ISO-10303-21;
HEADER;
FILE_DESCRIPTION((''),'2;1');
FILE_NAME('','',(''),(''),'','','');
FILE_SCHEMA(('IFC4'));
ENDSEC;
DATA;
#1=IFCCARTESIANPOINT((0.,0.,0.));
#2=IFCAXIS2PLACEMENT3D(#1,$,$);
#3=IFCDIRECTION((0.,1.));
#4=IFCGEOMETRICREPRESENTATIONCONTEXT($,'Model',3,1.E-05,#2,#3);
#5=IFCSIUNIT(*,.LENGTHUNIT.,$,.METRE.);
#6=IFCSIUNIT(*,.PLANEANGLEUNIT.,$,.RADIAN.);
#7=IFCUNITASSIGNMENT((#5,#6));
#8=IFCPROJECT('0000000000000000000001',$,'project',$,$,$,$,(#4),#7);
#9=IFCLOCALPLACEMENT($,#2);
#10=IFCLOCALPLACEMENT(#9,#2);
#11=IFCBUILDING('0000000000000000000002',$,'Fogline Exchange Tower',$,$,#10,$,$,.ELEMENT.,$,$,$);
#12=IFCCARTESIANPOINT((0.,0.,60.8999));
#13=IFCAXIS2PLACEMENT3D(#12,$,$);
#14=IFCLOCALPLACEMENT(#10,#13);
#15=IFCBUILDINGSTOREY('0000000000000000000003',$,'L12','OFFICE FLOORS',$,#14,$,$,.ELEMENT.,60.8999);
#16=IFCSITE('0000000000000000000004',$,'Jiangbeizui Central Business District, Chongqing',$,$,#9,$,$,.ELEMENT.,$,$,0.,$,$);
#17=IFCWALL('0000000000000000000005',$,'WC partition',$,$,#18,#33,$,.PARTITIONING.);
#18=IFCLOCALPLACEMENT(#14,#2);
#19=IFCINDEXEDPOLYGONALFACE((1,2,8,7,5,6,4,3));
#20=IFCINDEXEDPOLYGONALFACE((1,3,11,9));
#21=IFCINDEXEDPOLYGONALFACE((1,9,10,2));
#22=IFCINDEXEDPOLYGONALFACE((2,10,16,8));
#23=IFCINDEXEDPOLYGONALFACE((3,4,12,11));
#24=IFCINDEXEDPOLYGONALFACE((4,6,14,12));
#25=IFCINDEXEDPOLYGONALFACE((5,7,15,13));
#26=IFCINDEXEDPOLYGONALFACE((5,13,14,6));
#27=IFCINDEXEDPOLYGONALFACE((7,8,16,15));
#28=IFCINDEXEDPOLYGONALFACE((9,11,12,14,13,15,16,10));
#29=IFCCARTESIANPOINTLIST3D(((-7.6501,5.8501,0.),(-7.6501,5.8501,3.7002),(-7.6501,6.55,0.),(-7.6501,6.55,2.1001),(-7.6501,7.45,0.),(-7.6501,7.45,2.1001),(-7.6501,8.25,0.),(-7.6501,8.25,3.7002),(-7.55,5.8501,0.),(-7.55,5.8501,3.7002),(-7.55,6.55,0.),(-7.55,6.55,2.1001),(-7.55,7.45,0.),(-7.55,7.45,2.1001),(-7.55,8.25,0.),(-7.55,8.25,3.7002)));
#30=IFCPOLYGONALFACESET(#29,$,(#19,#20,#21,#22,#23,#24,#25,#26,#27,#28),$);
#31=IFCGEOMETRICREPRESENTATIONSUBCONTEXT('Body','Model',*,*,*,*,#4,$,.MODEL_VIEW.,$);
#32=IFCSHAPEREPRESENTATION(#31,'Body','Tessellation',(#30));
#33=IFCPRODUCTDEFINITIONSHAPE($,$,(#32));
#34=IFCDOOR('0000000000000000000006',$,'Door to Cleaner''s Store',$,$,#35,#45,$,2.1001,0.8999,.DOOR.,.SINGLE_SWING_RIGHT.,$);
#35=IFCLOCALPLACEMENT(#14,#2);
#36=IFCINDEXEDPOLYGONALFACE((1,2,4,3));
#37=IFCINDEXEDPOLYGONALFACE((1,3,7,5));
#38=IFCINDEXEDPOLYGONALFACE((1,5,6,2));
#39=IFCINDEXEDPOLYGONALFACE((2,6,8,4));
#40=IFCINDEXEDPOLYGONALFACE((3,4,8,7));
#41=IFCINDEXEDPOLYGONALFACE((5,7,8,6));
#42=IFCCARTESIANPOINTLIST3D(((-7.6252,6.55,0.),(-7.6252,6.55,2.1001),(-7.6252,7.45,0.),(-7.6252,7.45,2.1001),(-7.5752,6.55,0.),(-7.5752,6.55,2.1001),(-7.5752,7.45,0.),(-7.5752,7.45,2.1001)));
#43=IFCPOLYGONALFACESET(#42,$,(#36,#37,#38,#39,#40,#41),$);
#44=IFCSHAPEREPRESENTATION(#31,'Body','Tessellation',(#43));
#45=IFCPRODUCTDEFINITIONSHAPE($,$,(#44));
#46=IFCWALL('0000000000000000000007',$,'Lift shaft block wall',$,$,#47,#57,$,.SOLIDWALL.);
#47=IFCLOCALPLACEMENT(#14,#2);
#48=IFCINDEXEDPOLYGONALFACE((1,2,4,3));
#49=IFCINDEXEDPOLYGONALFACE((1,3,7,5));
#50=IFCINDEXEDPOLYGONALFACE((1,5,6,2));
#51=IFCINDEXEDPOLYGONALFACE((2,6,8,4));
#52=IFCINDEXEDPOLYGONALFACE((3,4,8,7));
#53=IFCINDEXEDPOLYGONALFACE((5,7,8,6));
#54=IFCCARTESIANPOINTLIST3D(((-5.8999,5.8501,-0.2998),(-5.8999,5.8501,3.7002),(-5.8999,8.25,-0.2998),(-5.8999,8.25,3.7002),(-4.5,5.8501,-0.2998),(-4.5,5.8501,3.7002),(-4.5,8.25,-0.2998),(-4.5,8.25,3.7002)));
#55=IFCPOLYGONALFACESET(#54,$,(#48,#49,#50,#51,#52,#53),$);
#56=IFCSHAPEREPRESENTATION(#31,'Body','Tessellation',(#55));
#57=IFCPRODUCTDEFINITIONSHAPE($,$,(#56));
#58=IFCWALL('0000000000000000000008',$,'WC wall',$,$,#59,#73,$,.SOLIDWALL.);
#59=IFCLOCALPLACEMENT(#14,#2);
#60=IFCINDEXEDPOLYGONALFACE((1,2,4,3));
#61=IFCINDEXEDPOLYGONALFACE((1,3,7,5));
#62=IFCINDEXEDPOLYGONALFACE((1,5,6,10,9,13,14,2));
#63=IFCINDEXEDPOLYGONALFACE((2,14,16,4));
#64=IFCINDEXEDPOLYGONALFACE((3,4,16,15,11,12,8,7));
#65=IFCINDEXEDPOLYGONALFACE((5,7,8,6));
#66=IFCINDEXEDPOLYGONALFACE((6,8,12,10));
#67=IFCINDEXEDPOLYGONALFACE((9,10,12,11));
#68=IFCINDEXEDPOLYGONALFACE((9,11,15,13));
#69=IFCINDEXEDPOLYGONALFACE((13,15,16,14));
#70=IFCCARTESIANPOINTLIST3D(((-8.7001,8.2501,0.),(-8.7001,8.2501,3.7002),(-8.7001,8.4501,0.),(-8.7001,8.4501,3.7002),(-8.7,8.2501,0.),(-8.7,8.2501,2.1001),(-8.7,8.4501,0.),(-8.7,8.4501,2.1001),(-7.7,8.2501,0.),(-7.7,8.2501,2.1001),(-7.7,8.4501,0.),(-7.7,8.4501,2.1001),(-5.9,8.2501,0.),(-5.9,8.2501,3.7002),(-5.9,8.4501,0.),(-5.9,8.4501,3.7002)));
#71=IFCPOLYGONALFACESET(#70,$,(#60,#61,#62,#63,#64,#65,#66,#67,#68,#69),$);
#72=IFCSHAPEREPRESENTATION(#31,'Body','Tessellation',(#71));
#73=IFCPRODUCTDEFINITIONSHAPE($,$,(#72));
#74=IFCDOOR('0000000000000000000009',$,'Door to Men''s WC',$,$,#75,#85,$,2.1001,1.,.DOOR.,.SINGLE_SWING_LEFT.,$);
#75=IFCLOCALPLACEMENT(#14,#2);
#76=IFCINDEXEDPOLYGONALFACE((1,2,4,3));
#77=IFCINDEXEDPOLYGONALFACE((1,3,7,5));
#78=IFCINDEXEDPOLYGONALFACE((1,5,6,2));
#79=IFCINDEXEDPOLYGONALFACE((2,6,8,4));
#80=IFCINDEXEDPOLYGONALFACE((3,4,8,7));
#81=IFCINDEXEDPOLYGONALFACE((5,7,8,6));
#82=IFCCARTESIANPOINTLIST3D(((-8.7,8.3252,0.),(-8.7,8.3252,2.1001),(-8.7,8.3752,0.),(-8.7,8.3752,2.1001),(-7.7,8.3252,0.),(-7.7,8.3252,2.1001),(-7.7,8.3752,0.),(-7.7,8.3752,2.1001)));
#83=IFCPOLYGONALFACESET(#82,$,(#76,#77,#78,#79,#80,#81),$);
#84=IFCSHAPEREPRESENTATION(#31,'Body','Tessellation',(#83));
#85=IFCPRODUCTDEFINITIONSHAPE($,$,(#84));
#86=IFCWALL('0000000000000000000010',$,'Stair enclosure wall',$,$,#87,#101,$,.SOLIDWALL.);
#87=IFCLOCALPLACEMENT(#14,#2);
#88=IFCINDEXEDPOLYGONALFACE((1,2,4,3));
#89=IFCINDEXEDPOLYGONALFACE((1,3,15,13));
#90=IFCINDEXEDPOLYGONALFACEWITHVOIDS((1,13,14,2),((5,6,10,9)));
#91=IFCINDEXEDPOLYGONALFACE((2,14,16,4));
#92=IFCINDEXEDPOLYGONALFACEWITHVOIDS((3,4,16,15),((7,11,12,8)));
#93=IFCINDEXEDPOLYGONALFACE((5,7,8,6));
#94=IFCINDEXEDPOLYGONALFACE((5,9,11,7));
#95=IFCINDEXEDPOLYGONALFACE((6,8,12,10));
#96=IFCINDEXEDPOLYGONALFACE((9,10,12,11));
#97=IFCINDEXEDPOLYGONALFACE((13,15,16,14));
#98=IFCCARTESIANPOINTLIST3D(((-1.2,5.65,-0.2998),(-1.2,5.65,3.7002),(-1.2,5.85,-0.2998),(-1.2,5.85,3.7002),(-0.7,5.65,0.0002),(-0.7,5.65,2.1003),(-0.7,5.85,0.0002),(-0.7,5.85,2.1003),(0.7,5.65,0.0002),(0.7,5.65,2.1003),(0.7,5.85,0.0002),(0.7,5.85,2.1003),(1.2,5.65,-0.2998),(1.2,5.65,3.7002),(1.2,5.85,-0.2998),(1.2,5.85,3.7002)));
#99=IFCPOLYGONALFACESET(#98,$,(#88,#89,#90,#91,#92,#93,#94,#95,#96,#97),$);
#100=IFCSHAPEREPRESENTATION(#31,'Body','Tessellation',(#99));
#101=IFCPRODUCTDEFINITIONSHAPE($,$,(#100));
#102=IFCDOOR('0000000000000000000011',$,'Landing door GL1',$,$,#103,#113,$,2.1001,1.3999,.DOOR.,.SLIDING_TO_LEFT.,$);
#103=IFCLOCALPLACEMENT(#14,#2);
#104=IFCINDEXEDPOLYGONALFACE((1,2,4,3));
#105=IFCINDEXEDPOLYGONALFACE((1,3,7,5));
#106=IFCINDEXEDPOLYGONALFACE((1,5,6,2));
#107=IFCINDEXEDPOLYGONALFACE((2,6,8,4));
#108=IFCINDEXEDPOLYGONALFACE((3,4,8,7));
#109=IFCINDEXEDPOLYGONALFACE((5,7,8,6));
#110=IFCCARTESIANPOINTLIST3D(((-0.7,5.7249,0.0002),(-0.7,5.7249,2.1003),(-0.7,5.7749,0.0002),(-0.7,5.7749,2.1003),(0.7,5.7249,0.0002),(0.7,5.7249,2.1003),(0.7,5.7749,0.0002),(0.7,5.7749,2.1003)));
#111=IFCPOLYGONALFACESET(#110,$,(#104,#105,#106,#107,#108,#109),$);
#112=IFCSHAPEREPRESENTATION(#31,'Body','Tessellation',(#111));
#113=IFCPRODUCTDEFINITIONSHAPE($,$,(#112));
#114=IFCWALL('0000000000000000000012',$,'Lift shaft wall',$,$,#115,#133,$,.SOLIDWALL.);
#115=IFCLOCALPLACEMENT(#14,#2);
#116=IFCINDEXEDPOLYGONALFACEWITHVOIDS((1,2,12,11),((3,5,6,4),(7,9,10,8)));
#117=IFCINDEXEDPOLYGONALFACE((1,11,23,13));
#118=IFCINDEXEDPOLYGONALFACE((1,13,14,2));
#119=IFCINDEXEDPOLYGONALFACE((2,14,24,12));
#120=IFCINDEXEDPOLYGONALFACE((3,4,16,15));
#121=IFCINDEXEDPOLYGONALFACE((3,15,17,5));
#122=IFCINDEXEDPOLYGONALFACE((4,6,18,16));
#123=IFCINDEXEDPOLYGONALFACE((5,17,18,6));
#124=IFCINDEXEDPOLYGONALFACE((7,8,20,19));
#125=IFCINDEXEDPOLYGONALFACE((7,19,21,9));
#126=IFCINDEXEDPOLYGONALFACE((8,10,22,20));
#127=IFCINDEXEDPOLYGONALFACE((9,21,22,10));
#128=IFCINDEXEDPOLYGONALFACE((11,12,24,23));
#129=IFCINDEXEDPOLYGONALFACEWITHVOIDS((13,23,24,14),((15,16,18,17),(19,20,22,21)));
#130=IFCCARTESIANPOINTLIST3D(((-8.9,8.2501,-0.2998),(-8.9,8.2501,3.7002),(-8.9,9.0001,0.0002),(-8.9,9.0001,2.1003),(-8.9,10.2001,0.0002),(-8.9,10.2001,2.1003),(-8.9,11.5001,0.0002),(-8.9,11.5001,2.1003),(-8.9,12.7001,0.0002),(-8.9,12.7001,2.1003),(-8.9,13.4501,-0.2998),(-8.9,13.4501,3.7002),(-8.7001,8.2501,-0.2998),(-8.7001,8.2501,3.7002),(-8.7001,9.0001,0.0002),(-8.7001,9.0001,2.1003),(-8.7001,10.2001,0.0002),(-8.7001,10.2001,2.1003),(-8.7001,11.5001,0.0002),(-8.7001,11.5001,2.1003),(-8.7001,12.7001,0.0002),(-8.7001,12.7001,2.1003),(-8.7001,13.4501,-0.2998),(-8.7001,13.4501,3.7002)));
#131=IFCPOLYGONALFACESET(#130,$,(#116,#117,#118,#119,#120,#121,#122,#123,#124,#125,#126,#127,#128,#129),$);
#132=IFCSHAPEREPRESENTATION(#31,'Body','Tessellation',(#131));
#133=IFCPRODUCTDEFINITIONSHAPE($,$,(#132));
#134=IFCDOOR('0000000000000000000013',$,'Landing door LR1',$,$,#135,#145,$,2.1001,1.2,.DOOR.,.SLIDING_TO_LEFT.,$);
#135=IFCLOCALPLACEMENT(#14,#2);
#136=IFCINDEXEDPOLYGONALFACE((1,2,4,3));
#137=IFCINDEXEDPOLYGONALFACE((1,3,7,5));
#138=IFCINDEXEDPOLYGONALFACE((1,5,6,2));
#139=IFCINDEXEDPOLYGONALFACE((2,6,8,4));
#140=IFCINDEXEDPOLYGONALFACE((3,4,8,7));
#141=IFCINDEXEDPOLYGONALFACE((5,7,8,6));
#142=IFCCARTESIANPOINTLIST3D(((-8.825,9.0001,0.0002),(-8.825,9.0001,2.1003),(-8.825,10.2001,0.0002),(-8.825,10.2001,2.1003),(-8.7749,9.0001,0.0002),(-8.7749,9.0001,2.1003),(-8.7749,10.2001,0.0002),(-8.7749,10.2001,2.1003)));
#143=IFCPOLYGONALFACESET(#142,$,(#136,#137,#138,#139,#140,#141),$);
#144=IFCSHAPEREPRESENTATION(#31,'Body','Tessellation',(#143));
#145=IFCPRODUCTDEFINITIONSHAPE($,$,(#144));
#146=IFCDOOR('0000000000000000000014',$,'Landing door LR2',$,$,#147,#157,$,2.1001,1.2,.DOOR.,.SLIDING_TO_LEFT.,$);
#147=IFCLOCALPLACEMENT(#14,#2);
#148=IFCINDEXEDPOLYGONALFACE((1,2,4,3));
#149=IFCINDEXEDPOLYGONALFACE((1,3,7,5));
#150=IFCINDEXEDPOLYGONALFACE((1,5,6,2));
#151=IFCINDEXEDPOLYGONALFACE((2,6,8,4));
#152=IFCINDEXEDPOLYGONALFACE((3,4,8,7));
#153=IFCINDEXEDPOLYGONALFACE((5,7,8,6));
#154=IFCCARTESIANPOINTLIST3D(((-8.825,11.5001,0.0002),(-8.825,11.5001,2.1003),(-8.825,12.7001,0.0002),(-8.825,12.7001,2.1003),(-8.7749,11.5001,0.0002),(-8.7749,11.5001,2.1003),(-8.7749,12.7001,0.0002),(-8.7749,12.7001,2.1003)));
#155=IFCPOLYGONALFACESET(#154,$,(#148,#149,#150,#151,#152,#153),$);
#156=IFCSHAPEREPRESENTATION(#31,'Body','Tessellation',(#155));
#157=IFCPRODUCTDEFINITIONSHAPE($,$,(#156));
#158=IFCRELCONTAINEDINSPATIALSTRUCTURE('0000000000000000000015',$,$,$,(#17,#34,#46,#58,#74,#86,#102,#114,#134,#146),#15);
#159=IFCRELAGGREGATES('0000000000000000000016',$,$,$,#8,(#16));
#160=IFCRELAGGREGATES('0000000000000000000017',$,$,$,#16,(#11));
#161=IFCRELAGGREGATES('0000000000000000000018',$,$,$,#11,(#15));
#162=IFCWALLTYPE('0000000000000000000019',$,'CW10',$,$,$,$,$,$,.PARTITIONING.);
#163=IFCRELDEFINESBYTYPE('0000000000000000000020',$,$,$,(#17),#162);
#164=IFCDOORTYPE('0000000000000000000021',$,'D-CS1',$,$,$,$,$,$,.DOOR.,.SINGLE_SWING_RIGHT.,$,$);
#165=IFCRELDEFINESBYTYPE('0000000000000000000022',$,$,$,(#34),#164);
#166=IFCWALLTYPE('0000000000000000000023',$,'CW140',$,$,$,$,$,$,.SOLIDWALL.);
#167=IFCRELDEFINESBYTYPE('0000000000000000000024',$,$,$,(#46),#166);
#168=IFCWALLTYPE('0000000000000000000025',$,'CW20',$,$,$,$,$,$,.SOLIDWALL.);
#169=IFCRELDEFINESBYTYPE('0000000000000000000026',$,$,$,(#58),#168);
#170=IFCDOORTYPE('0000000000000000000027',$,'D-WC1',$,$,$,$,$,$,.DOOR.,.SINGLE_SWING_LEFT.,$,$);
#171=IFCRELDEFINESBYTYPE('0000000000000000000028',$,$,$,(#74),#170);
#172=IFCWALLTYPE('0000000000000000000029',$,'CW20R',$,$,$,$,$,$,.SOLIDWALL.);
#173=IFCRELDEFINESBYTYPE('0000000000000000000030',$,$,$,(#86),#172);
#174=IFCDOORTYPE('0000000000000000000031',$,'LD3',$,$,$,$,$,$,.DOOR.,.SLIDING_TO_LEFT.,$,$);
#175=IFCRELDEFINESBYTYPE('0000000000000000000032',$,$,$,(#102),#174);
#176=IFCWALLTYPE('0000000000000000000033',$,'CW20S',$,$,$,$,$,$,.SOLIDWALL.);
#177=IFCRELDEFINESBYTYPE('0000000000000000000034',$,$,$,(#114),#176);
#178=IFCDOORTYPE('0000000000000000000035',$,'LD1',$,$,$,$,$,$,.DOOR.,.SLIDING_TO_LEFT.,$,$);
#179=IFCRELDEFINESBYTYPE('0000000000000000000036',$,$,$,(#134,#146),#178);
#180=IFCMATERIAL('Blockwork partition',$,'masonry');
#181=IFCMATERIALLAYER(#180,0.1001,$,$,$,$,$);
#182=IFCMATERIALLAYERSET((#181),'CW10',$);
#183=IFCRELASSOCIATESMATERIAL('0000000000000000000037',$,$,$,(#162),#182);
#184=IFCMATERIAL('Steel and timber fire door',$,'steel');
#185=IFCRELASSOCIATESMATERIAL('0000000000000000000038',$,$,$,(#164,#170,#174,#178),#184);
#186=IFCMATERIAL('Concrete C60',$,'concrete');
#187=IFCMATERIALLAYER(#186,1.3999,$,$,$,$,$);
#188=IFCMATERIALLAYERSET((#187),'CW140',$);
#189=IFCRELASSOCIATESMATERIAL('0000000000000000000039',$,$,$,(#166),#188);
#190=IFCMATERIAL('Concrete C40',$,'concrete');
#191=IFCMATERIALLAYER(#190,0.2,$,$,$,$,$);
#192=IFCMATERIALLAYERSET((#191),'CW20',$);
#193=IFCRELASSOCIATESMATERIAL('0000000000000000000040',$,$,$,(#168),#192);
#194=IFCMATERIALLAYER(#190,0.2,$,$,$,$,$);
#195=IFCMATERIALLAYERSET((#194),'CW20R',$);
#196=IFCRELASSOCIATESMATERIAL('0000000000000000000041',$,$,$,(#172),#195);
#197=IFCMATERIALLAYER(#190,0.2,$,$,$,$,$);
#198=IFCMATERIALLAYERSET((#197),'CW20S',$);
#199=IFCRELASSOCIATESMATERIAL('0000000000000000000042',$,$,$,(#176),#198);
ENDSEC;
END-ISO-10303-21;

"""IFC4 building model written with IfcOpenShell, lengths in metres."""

from ifc_helpers import new_model, si_unit, direction, frame, frame_2d, origin, place, context, subcontext, project, spatial, rectangle, extrude, material, layer, layer_set, type_object, element, fill, save


model = new_model("IFC4")

# Units and contexts
model_context = context("Model", 3, precision=1e-05, world=origin(), true_north=direction((0.0, 1.0)))
body_context = subcontext(model_context, "Body", "Model", "MODEL_VIEW")
ifc_project = project(units=[si_unit("LENGTHUNIT", "METRE"), si_unit("PLANEANGLEUNIT", "RADIAN")], contexts=[model_context])

# Site, building, storey
site_placement = place(None, origin())
site = spatial("IfcSite", under=ifc_project, at=site_placement, Name="Jiangbeizui Central Business District, Chongqing", CompositionType="ELEMENT", RefElevation=0.0)
building_placement = place(site_placement, origin())
building = spatial("IfcBuilding", under=site, at=building_placement, Name="Fogline Exchange Tower", CompositionType="ELEMENT")
storey_placement = place(building_placement, frame((0.0, 0.0, 60.8999)))
storey = spatial("IfcBuildingStorey", under=building, at=storey_placement, Name="L12", Description="OFFICE FLOORS", CompositionType="ELEMENT", Elevation=60.8999)

# Wall, opening, door
ifc_material_1 = material(Name="Blockwork partition", Category="masonry")
ifc_layer_1 = layer(ifc_material_1, 0.1001)
ifc_layer_set_1 = layer_set([ifc_layer_1], Name="CW10")
wall_type_1 = type_object("IfcWallType", Name="CW10", PredefinedType="PARTITIONING", material=ifc_layer_set_1)
wall_1_placement = place(storey_placement, frame((-7.6001, 5.8501, 0.0), z_axis=(0.0, 0.0, 1.0), x_axis=(0.0, 1.0, 0.0)))
wall_1 = element("IfcWall", 1, at=wall_1_placement, inside=storey, type_object=wall_type_1, Name="WC partition", PredefinedType="PARTITIONING", context=body_context, shape_type="SweptSolid", body=[
    extrude(rectangle(XDim=2.3999, YDim=0.1001, at=frame_2d((1.2, 0.0))), origin(), (0.0, 0.0, 1.0), 3.7002),
])
opening_1_placement = place(wall_1_placement, frame((0.7, 0.0, 0.0)))
opening_1 = element("IfcOpeningElement", 2, at=opening_1_placement, cuts=wall_1, PredefinedType="OPENING", context=body_context, shape_type="SweptSolid", body=[
    extrude(rectangle(XDim=0.8999, YDim=2.1001, at=frame_2d((0.45, 1.05))), frame((0.0, 0.0601, 0.0), z_axis=(0.0, -1.0, 0.0), x_axis=(1.0, 0.0, 0.0)), (0.0, 0.0, 1.0), 0.1201),
])
ifc_material_2 = material(Name="Steel and timber fire door", Category="steel")
door_type_1 = type_object("IfcDoorType", Name="D-CS1", OperationType="SINGLE_SWING_RIGHT", PredefinedType="DOOR", material=ifc_material_2)
door_1_placement = place(opening_1_placement, frame((0.8999, 0.0, 0.0), z_axis=(0.0, 0.0, 1.0), x_axis=(-1.0, 0.0, 0.0)))
door_1 = element("IfcDoor", 3, at=door_1_placement, inside=storey, type_object=door_type_1, Name="Door to Cleaner's Store", OperationType="SINGLE_SWING_RIGHT", OverallHeight=2.1001, OverallWidth=0.8999, PredefinedType="DOOR", context=body_context, shape_type="SweptSolid", body=[
    extrude(rectangle(XDim=0.8999, YDim=2.1001, at=frame_2d((0.45, 1.05))), frame((0.0, 0.0249, 0.0), z_axis=(0.0, -1.0, 0.0), x_axis=(1.0, 0.0, 0.0)), (0.0, 0.0, 1.0), 0.05),
])
fill(opening_1, door_1)

# Wall
ifc_material_3 = material(Name="Concrete C60", Category="concrete")
ifc_layer_2 = layer(ifc_material_3, 1.3999)
ifc_layer_set_2 = layer_set([ifc_layer_2], Name="CW140")
wall_type_2 = type_object("IfcWallType", Name="CW140", PredefinedType="SOLIDWALL", material=ifc_layer_set_2)
wall_2_placement = place(storey_placement, frame((-5.2, 5.8501, -0.2998), z_axis=(0.0, 0.0, 1.0), x_axis=(0.0, 1.0, 0.0)))
element("IfcWall", 4, at=wall_2_placement, inside=storey, type_object=wall_type_2, Name="Lift shaft block wall", PredefinedType="SOLIDWALL", context=body_context, shape_type="SweptSolid", body=[
    extrude(rectangle(XDim=2.3999, YDim=1.3999, at=frame_2d((1.2, 0.0))), origin(), (0.0, 0.0, 1.0), 4.0),
])

# Walls, openings, doors
ifc_material_4 = material(Name="Concrete C40", Category="concrete")
ifc_layer_3 = layer(ifc_material_4, 0.2)
ifc_layer_set_3 = layer_set([ifc_layer_3], Name="CW20")
wall_type_3 = type_object("IfcWallType", Name="CW20", PredefinedType="SOLIDWALL", material=ifc_layer_set_3)
wall_3_placement = place(storey_placement, frame((-8.7, 8.3501, 0.0), z_axis=(0.0, 0.0, 1.0), x_axis=(1.0, 0.0, 0.0)))
wall_3 = element("IfcWall", 5, at=wall_3_placement, inside=storey, type_object=wall_type_3, Name="WC wall", PredefinedType="SOLIDWALL", context=body_context, shape_type="SweptSolid", body=[
    extrude(rectangle(XDim=2.8, YDim=0.2, at=frame_2d((1.3999, 0.0))), origin(), (0.0, 0.0, 1.0), 3.7002),
])
opening_2_placement = place(wall_3_placement, origin())
opening_2 = element("IfcOpeningElement", 6, at=opening_2_placement, cuts=wall_3, PredefinedType="OPENING", context=body_context, shape_type="SweptSolid", body=[
    extrude(rectangle(XDim=1.0, YDim=2.1001, at=frame_2d((0.5, 1.05))), frame((0.0, 0.1099, 0.0), z_axis=(0.0, -1.0, 0.0), x_axis=(1.0, 0.0, 0.0)), (0.0, 0.0, 1.0), 0.22),
])
door_type_2 = type_object("IfcDoorType", Name="D-WC1", OperationType="SINGLE_SWING_LEFT", PredefinedType="DOOR", material=ifc_material_2)
door_2_placement = place(opening_2_placement, frame((1.0, 0.0, 0.0), z_axis=(0.0, 0.0, 1.0), x_axis=(-1.0, 0.0, 0.0)))
door_2 = element("IfcDoor", 7, at=door_2_placement, inside=storey, type_object=door_type_2, Name="Door to Men's WC", OperationType="SINGLE_SWING_LEFT", OverallHeight=2.1001, OverallWidth=1.0, PredefinedType="DOOR", context=body_context, shape_type="SweptSolid", body=[
    extrude(rectangle(XDim=1.0, YDim=2.1001, at=frame_2d((0.5, 1.05))), frame((0.0, 0.0249, 0.0), z_axis=(0.0, -1.0, 0.0), x_axis=(1.0, 0.0, 0.0)), (0.0, 0.0, 1.0), 0.05),
])
fill(opening_2, door_2)
ifc_layer_4 = layer(ifc_material_4, 0.2)
ifc_layer_set_4 = layer_set([ifc_layer_4], Name="CW20R")
wall_type_4 = type_object("IfcWallType", Name="CW20R", PredefinedType="SOLIDWALL", material=ifc_layer_set_4)
wall_4_placement = place(storey_placement, frame((-1.2, 5.75, -0.2998), z_axis=(0.0, 0.0, 1.0), x_axis=(1.0, 0.0, 0.0)))
wall_4 = element("IfcWall", 8, at=wall_4_placement, inside=storey, type_object=wall_type_4, Name="Stair enclosure wall", PredefinedType="SOLIDWALL", context=body_context, shape_type="SweptSolid", body=[
    extrude(rectangle(XDim=2.3999, YDim=0.2, at=frame_2d((1.2, 0.0))), origin(), (0.0, 0.0, 1.0), 4.0),
])
opening_3_placement = place(wall_4_placement, frame((0.5, 0.0, 0.3)))
opening_3 = element("IfcOpeningElement", 9, at=opening_3_placement, cuts=wall_4, PredefinedType="OPENING", context=body_context, shape_type="SweptSolid", body=[
    extrude(rectangle(XDim=1.3999, YDim=2.1001, at=frame_2d((0.7, 1.05))), frame((0.0, 0.1099, 0.0), z_axis=(0.0, -1.0, 0.0), x_axis=(1.0, 0.0, 0.0)), (0.0, 0.0, 1.0), 0.22),
])
door_type_3 = type_object("IfcDoorType", Name="LD3", OperationType="SLIDING_TO_LEFT", PredefinedType="DOOR", material=ifc_material_2)
door_3_placement = place(opening_3_placement, origin())
door_3 = element("IfcDoor", 10, at=door_3_placement, inside=storey, type_object=door_type_3, Name="Landing door GL1", OperationType="SLIDING_TO_LEFT", OverallHeight=2.1001, OverallWidth=1.3999, PredefinedType="DOOR", context=body_context, shape_type="SweptSolid", body=[
    extrude(rectangle(XDim=1.3999, YDim=2.1001, at=frame_2d((0.7, 1.05))), frame((0.0, 0.0249, 0.0), z_axis=(0.0, -1.0, 0.0), x_axis=(1.0, 0.0, 0.0)), (0.0, 0.0, 1.0), 0.05),
])
fill(opening_3, door_3)

# Wall, openings, doors
ifc_layer_5 = layer(ifc_material_4, 0.2)
ifc_layer_set_5 = layer_set([ifc_layer_5], Name="CW20S")
wall_type_5 = type_object("IfcWallType", Name="CW20S", PredefinedType="SOLIDWALL", material=ifc_layer_set_5)
wall_5_placement = place(storey_placement, frame((-8.8, 8.25, -0.2998), z_axis=(0.0, 0.0, 1.0), x_axis=(0.0, 1.0, 0.0)))
wall_5 = element("IfcWall", 11, at=wall_5_placement, inside=storey, type_object=wall_type_5, Name="Lift shaft wall", PredefinedType="SOLIDWALL", context=body_context, shape_type="SweptSolid", body=[
    extrude(rectangle(XDim=5.2, YDim=0.2, at=frame_2d((2.6001, 0.0))), origin(), (0.0, 0.0, 1.0), 4.0),
])
opening_4_placement = place(wall_5_placement, frame((0.75, 0.0, 0.3)))
opening_4 = element("IfcOpeningElement", 12, at=opening_4_placement, cuts=wall_5, PredefinedType="OPENING", context=body_context, shape_type="SweptSolid", body=[
    extrude(rectangle(XDim=1.2, YDim=2.1001, at=frame_2d((0.6001, 1.05))), frame((0.0, 0.1099, 0.0), z_axis=(0.0, -1.0, 0.0), x_axis=(1.0, 0.0, 0.0)), (0.0, 0.0, 1.0), 0.22),
])
opening_5_placement = place(wall_5_placement, frame((3.25, 0.0, 0.3)))
opening_5 = element("IfcOpeningElement", 13, at=opening_5_placement, cuts=wall_5, PredefinedType="OPENING", context=body_context, shape_type="SweptSolid", body=[
    extrude(rectangle(XDim=1.2, YDim=2.1001, at=frame_2d((0.6001, 1.05))), frame((0.0, 0.1099, 0.0), z_axis=(0.0, -1.0, 0.0), x_axis=(1.0, 0.0, 0.0)), (0.0, 0.0, 1.0), 0.22),
])
door_type_4 = type_object("IfcDoorType", Name="LD1", OperationType="SLIDING_TO_LEFT", PredefinedType="DOOR", material=ifc_material_2)
door_4_placement = place(opening_4_placement, origin())
door_4 = element("IfcDoor", 14, at=door_4_placement, inside=storey, type_object=door_type_4, Name="Landing door LR1", OperationType="SLIDING_TO_LEFT", OverallHeight=2.1001, OverallWidth=1.2, PredefinedType="DOOR", context=body_context, shape_type="SweptSolid", body=[
    extrude(rectangle(XDim=1.2, YDim=2.1001, at=frame_2d((0.6001, 1.05))), frame((0.0, 0.0249, 0.0), z_axis=(0.0, -1.0, 0.0), x_axis=(1.0, 0.0, 0.0)), (0.0, 0.0, 1.0), 0.05),
])
fill(opening_4, door_4)
door_5_placement = place(opening_5_placement, origin())
door_5 = element("IfcDoor", 15, at=door_5_placement, inside=storey, type_object=door_type_4, Name="Landing door LR2", OperationType="SLIDING_TO_LEFT", OverallHeight=2.1001, OverallWidth=1.2, PredefinedType="DOOR", context=body_context, shape_type="SweptSolid", body=[
    extrude(rectangle(XDim=1.2, YDim=2.1001, at=frame_2d((0.6001, 1.05))), frame((0.0, 0.0249, 0.0), z_axis=(0.0, -1.0, 0.0), x_axis=(1.0, 0.0, 0.0)), (0.0, 0.0, 1.0), 0.05),
])
fill(opening_5, door_5)

save(model, "model.ifc")
